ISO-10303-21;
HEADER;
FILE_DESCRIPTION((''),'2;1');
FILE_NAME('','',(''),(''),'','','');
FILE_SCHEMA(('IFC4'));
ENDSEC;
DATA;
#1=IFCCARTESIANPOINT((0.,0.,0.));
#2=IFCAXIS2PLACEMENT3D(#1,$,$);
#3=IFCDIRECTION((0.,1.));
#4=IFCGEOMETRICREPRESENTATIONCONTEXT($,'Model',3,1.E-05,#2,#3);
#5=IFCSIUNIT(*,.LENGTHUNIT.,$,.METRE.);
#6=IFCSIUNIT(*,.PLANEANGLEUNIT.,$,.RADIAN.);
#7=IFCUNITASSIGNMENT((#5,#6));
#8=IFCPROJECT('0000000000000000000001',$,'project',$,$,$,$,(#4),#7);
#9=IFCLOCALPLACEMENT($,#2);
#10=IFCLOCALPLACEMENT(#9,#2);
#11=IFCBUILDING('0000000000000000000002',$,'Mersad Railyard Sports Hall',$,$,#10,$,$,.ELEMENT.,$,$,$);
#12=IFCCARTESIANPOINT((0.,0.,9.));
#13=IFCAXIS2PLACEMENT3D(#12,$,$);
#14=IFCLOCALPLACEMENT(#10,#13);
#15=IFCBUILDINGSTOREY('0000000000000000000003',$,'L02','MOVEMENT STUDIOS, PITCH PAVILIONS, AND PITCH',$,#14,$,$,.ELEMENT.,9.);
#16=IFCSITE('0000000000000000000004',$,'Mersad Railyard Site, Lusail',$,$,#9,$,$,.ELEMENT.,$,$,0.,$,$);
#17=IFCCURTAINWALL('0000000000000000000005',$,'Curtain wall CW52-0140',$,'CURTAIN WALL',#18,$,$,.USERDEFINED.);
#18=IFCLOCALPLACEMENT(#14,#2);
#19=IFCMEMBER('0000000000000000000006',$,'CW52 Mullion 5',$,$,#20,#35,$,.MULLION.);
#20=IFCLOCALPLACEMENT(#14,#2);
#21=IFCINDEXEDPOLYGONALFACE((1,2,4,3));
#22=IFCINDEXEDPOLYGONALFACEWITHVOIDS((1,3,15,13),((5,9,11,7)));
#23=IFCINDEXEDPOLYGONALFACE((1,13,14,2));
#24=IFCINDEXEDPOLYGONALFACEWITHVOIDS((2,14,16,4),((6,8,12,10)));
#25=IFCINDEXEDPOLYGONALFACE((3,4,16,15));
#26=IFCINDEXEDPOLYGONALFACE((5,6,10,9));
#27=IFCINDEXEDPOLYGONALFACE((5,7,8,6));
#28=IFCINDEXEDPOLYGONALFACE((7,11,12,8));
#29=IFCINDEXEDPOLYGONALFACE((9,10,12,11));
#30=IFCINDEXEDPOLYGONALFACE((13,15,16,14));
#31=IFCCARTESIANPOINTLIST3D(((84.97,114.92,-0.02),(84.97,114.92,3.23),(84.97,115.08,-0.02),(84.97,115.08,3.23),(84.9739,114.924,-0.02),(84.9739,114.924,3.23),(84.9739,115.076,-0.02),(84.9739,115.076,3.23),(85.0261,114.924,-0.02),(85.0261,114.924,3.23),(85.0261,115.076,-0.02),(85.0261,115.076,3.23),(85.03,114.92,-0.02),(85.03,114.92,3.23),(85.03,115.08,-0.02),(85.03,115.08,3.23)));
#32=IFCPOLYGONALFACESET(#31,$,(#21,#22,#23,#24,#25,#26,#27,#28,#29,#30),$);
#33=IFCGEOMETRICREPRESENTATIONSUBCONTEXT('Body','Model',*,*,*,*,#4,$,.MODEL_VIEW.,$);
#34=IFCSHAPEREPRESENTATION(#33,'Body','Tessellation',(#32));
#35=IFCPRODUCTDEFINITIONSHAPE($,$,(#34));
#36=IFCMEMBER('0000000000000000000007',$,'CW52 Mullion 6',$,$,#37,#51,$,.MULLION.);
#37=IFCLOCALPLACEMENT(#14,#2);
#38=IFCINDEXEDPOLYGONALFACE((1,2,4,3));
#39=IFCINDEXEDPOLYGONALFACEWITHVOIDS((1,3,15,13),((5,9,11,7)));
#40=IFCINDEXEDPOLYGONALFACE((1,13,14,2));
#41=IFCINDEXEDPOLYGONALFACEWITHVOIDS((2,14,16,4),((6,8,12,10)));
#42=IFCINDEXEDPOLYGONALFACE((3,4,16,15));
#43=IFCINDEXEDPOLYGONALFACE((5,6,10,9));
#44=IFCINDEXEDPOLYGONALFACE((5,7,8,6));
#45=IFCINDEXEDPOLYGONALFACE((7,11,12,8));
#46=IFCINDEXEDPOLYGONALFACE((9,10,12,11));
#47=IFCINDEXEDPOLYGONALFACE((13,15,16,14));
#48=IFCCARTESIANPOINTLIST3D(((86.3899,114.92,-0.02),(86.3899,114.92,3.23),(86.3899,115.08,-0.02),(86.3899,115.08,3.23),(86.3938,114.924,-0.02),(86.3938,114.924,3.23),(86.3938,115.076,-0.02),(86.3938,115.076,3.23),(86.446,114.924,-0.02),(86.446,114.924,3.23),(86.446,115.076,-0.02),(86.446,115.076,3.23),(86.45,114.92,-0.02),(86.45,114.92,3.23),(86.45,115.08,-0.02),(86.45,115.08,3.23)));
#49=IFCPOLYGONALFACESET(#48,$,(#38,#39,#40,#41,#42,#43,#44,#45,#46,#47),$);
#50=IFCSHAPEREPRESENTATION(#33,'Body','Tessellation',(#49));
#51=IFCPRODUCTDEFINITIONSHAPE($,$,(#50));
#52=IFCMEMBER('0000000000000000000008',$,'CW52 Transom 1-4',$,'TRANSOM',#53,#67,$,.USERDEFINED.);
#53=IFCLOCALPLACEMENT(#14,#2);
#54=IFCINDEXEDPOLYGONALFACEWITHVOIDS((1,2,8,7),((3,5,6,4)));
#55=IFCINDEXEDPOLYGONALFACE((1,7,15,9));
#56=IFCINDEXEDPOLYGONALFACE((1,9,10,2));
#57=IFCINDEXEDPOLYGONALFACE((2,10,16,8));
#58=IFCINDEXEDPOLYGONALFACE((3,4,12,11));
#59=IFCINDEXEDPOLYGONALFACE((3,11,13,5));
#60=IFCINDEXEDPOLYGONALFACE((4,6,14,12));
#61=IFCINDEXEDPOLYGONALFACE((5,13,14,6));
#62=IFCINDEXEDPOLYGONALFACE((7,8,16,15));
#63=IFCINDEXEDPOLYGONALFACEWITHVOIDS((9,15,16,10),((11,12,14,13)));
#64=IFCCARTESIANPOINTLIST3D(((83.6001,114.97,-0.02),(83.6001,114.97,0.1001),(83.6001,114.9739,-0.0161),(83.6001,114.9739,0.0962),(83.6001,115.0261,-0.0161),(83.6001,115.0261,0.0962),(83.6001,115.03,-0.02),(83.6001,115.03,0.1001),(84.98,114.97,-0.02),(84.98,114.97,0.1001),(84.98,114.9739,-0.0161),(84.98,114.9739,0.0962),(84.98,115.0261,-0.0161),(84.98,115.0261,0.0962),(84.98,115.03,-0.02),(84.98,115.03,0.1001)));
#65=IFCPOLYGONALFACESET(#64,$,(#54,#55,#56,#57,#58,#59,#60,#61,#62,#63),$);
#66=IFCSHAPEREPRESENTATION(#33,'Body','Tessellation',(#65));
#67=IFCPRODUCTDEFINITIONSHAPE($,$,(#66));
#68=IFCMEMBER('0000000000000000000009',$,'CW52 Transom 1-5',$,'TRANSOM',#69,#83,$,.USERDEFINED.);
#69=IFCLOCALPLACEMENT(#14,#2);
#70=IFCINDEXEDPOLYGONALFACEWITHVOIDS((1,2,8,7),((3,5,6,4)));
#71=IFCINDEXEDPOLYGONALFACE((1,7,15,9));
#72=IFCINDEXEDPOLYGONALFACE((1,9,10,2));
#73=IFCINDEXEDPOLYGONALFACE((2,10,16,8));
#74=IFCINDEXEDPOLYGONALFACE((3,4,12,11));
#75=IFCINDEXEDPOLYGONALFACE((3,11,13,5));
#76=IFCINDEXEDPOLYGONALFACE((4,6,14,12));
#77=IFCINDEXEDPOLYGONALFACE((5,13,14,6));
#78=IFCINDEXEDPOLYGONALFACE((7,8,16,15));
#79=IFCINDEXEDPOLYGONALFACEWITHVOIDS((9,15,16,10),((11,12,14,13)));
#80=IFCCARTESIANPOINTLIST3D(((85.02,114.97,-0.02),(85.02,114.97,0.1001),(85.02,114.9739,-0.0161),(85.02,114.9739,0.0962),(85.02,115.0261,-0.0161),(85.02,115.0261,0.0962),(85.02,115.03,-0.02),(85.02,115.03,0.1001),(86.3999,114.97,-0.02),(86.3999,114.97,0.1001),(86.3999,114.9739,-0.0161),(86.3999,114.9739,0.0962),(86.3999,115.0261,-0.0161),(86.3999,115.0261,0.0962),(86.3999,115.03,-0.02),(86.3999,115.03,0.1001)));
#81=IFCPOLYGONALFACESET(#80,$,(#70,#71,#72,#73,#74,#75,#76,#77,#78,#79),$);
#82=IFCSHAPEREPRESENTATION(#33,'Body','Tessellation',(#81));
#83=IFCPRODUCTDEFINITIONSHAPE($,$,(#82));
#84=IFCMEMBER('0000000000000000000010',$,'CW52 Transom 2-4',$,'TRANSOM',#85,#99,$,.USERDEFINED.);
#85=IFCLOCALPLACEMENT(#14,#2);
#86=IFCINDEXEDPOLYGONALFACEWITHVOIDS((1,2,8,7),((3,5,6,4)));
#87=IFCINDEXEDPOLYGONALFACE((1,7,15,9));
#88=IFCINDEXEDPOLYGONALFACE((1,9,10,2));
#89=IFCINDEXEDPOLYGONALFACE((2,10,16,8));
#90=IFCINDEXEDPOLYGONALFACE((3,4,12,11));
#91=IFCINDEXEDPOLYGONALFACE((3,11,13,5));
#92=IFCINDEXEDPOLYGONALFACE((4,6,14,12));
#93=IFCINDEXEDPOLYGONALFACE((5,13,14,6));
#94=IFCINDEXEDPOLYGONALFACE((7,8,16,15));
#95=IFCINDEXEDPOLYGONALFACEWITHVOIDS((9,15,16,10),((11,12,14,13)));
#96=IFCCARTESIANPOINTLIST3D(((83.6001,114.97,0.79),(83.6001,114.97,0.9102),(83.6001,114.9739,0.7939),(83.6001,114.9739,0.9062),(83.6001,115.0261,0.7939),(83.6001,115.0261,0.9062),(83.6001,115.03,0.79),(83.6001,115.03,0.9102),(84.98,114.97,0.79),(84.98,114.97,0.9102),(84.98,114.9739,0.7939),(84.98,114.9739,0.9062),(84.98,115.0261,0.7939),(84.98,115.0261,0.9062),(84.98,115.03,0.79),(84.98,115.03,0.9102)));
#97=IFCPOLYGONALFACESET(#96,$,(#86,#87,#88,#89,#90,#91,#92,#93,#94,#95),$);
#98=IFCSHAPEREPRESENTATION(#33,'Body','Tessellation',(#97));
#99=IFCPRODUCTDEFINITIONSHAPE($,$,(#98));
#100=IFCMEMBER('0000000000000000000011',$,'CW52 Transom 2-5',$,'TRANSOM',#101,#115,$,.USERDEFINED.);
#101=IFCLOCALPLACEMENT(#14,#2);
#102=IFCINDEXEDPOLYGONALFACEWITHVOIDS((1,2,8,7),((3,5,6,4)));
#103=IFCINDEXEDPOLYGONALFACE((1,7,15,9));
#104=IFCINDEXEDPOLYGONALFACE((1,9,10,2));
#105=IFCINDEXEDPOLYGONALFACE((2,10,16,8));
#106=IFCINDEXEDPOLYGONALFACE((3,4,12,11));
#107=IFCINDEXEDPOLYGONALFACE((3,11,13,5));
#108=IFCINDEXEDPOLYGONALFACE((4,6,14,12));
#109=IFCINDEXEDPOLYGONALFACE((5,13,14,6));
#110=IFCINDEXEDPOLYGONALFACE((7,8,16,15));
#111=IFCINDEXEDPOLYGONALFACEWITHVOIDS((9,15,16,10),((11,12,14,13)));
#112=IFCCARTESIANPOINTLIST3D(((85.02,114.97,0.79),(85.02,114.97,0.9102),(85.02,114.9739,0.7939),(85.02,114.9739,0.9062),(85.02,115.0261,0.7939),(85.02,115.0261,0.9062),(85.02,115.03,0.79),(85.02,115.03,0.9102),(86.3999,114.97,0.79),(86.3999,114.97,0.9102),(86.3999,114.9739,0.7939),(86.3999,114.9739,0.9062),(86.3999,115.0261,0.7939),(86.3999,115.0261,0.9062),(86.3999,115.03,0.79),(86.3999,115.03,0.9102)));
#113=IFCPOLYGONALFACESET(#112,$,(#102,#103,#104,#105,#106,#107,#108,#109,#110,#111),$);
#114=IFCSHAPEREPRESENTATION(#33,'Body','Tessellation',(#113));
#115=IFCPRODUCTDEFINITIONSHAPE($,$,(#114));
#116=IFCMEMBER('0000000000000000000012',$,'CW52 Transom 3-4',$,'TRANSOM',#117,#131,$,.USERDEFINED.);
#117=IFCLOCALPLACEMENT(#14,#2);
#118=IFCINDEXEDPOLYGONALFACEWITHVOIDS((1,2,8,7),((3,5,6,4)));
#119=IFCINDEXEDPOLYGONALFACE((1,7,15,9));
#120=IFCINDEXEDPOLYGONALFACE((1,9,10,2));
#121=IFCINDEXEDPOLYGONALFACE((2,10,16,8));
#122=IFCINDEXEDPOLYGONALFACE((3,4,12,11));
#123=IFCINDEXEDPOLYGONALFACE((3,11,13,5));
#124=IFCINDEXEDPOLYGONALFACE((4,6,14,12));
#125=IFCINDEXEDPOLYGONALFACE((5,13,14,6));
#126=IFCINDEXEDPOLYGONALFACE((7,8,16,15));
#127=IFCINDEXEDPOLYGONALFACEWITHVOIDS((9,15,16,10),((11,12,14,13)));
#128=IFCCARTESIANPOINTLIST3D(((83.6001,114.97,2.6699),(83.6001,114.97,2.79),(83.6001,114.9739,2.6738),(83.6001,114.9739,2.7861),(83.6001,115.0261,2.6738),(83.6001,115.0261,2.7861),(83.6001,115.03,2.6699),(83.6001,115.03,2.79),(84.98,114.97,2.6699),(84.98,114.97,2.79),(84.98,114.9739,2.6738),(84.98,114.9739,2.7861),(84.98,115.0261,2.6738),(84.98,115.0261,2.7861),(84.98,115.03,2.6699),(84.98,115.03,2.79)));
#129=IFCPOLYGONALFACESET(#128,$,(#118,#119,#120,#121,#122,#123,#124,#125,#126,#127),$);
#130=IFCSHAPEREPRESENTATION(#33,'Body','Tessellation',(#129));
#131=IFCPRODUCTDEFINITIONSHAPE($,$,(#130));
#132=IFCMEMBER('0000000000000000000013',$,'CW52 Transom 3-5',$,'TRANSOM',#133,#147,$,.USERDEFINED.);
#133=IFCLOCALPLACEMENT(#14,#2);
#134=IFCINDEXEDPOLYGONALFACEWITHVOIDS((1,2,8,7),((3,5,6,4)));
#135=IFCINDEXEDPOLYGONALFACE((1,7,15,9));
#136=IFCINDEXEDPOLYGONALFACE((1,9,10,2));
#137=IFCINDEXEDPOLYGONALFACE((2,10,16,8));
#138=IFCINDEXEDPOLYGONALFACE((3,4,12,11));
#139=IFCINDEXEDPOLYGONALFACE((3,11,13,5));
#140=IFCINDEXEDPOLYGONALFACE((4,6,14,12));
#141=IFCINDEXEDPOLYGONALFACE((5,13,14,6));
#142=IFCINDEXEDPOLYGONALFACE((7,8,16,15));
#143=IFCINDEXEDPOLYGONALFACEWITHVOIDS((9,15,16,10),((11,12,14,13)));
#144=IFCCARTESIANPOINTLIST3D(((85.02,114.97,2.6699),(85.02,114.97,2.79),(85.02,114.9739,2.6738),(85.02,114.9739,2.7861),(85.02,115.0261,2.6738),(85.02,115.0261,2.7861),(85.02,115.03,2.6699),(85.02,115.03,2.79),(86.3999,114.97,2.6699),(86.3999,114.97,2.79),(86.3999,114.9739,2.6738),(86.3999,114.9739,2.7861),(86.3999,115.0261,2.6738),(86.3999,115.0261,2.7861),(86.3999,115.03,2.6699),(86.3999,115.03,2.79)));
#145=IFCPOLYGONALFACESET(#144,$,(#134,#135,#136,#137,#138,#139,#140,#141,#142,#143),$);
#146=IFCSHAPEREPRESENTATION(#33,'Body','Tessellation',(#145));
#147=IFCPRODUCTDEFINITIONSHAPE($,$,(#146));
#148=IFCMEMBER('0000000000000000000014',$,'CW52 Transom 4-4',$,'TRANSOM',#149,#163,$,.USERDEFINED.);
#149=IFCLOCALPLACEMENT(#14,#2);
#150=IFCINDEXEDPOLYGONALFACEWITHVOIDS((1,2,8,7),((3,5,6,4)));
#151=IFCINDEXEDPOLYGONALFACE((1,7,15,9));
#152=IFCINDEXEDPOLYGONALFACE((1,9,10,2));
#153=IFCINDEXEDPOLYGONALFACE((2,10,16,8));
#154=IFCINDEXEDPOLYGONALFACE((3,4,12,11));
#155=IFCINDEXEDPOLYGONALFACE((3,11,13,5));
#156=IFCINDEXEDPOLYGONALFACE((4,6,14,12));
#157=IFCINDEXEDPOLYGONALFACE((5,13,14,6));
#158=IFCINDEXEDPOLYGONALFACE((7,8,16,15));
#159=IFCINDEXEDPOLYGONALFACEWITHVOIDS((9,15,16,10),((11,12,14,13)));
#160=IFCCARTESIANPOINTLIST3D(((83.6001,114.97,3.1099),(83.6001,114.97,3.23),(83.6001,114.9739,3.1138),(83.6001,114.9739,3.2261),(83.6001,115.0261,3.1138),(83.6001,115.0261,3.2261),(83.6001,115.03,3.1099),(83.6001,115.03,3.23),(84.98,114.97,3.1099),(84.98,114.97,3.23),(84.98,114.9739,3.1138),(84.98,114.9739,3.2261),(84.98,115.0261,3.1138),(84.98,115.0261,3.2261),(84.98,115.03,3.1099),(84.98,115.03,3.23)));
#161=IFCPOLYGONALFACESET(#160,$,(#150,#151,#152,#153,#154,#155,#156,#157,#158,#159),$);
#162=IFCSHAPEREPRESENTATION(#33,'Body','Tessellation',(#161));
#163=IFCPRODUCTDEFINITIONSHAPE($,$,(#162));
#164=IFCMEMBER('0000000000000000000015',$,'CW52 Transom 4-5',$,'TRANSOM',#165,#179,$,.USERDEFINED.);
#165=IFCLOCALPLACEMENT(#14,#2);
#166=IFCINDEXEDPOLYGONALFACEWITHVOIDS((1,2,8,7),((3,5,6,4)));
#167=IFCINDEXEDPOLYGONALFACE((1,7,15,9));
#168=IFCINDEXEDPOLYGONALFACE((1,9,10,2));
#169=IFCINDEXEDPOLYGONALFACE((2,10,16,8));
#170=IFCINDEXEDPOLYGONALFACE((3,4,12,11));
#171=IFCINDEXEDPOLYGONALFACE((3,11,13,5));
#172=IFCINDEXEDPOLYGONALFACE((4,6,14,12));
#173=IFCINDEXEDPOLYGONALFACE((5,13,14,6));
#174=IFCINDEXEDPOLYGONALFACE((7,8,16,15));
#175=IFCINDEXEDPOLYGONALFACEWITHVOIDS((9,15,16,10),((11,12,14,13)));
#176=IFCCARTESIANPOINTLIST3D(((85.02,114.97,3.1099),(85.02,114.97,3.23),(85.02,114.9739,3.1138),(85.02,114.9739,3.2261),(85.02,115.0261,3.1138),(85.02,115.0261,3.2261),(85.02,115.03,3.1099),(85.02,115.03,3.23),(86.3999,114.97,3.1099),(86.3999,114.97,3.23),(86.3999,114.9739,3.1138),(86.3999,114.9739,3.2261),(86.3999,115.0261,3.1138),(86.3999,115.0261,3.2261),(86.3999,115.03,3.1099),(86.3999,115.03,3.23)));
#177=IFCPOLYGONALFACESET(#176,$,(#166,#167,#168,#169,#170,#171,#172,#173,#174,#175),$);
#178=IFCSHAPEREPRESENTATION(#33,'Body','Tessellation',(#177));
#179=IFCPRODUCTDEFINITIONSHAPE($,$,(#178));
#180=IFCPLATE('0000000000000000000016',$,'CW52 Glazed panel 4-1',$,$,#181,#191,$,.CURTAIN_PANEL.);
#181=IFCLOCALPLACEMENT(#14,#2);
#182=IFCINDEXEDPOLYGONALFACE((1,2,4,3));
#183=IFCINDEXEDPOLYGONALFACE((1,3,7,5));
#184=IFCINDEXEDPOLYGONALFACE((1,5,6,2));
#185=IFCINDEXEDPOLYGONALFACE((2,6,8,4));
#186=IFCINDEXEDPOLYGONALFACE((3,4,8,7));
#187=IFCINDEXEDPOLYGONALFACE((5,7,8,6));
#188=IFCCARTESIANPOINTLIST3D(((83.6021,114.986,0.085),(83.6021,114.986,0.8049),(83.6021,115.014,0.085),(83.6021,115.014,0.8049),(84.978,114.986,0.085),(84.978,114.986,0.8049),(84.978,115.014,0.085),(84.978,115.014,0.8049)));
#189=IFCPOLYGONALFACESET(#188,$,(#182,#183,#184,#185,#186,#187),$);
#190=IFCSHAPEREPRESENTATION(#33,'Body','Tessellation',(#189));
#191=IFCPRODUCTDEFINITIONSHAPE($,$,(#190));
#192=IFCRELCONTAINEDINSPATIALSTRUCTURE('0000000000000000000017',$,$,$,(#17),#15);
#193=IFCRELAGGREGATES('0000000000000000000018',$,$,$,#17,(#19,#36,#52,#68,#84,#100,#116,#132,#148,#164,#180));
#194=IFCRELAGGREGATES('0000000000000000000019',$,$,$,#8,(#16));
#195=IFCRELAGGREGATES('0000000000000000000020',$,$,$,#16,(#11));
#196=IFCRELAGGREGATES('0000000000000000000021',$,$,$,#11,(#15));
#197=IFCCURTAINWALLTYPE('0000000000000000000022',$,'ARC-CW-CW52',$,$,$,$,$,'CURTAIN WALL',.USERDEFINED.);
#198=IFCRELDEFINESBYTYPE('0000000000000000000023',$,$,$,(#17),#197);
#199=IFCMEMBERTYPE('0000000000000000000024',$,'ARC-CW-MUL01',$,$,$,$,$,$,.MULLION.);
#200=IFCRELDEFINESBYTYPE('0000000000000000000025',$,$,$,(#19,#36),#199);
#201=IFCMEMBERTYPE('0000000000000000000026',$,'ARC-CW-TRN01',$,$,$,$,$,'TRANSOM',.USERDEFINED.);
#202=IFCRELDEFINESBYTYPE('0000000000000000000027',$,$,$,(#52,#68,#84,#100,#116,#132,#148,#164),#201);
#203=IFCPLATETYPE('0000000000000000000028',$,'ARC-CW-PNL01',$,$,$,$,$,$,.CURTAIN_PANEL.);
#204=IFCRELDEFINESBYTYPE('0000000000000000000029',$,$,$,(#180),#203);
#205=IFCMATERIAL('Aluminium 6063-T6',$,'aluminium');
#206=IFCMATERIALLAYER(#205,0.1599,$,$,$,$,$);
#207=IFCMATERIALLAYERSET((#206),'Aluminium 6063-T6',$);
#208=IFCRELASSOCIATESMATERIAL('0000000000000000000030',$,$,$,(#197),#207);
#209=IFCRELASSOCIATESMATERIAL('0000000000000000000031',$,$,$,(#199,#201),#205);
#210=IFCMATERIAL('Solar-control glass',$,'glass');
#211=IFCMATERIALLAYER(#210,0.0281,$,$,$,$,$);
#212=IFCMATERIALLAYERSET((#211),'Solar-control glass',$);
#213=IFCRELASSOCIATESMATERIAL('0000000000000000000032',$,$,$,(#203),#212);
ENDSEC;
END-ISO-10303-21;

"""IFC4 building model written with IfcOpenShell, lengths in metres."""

from ifc_helpers import new_model, si_unit, direction, frame, origin, origin_2d, place, context, subcontext, project, spatial, rectangle, hollow_rectangle, extrude, material, layer, layer_set, material_profile, profile_set, type_object, element, aggregate, save


model = new_model("IFC4")

# Units and contexts
model_context = context("Model", 3, precision=1e-05, world=origin(), true_north=direction((0.0, 1.0)))
body_context = subcontext(model_context, "Body", "Model", "MODEL_VIEW")
ifc_project = project(units=[si_unit("LENGTHUNIT", "METRE"), si_unit("PLANEANGLEUNIT", "RADIAN")], contexts=[model_context])

# Site, building, storey
site_placement = place(None, origin())
site = spatial("IfcSite", under=ifc_project, at=site_placement, Name="Mersad Railyard Site, Lusail", CompositionType="ELEMENT", RefElevation=0.0)
building_placement = place(site_placement, origin())
building = spatial("IfcBuilding", under=site, at=building_placement, Name="Mersad Railyard Sports Hall", CompositionType="ELEMENT")
storey_placement = place(building_placement, frame((0.0, 0.0, 9.0)))
storey = spatial("IfcBuildingStorey", under=building, at=storey_placement, Name="L02", Description="MOVEMENT STUDIOS, PITCH PAVILIONS, AND PITCH", CompositionType="ELEMENT", Elevation=9.0)

# Curtain wall, members, plate
ifc_material_1 = material(Name="Aluminium 6063-T6", Category="aluminium")
ifc_layer_1 = layer(ifc_material_1, 0.1599)
ifc_layer_set_1 = layer_set([ifc_layer_1], Name="Aluminium 6063-T6")
curtain_wall_type = type_object("IfcCurtainWallType", Name="ARC-CW-CW52", ElementType="CURTAIN WALL", PredefinedType="USERDEFINED", material=ifc_layer_set_1)
curtain_wall_placement = place(storey_placement, origin())
curtain_wall = element("IfcCurtainWall", 1, at=curtain_wall_placement, inside=storey, type_object=curtain_wall_type, Name="Curtain wall CW52-0140", ObjectType="CURTAIN WALL", PredefinedType="USERDEFINED")
ifc_material_profile_1 = material_profile(ifc_material_1, hollow_rectangle(XDim=0.0601, YDim=0.1599, WallThickness=0.0039, at=origin_2d()), Name="AL MULLION 60x160x4")
ifc_profile_set_1 = profile_set([ifc_material_profile_1], Name="Aluminium 6063-T6")
member_type_1 = type_object("IfcMemberType", Name="ARC-CW-MUL01", PredefinedType="MULLION", material=ifc_profile_set_1)
member_1_placement = place(storey_placement, frame((85.0, 115.0, -0.02), z_axis=(0.0, 0.0, 1.0), x_axis=(1.0, 0.0, 0.0)))
member_1 = element("IfcMember", 2, at=member_1_placement, type_object=member_type_1, Name="CW52 Mullion 5", PredefinedType="MULLION", context=body_context, shape_type="SweptSolid", body=[
    extrude(hollow_rectangle(XDim=0.0601, YDim=0.1599, WallThickness=0.0039, at=origin_2d()), origin(), (0.0, 0.0, 1.0), 3.25),
])
member_2_placement = place(storey_placement, frame((86.4199, 115.0, -0.02), z_axis=(0.0, 0.0, 1.0), x_axis=(1.0, 0.0, 0.0)))
member_2 = element("IfcMember", 3, at=member_2_placement, type_object=member_type_1, Name="CW52 Mullion 6", PredefinedType="MULLION", context=body_context, shape_type="SweptSolid", body=[
    extrude(hollow_rectangle(XDim=0.0601, YDim=0.1599, WallThickness=0.0039, at=origin_2d()), origin(), (0.0, 0.0, 1.0), 3.25),
])
ifc_material_profile_2 = material_profile(ifc_material_1, hollow_rectangle(XDim=0.0601, YDim=0.1201, WallThickness=0.0039, at=origin_2d()), Name="AL TRANSOM 60x120x4")
ifc_profile_set_2 = profile_set([ifc_material_profile_2], Name="Aluminium 6063-T6")
member_type_2 = type_object("IfcMemberType", Name="ARC-CW-TRN01", ElementType="TRANSOM", PredefinedType="USERDEFINED", material=ifc_profile_set_2)
member_3_placement = place(storey_placement, frame((83.6001, 115.0, 0.04), z_axis=(1.0, 0.0, 0.0), x_axis=(0.0, 1.0, 0.0)))
member_3 = element("IfcMember", 4, at=member_3_placement, type_object=member_type_2, Name="CW52 Transom 1-4", ObjectType="TRANSOM", PredefinedType="USERDEFINED", context=body_context, shape_type="SweptSolid", body=[
    extrude(hollow_rectangle(XDim=0.0601, YDim=0.1201, WallThickness=0.0039, at=origin_2d()), origin(), (0.0, 0.0, 1.0), 1.3799),
])
member_4_placement = place(storey_placement, frame((85.02, 115.0, 0.04), z_axis=(1.0, 0.0, 0.0), x_axis=(0.0, 1.0, 0.0)))
member_4 = element("IfcMember", 5, at=member_4_placement, type_object=member_type_2, Name="CW52 Transom 1-5", ObjectType="TRANSOM", PredefinedType="USERDEFINED", context=body_context, shape_type="SweptSolid", body=[
    extrude(hollow_rectangle(XDim=0.0601, YDim=0.1201, WallThickness=0.0039, at=origin_2d()), origin(), (0.0, 0.0, 1.0), 1.3799),
])
member_5_placement = place(storey_placement, frame((83.6001, 115.0, 0.8501), z_axis=(1.0, 0.0, 0.0), x_axis=(0.0, 1.0, 0.0)))
member_5 = element("IfcMember", 6, at=member_5_placement, type_object=member_type_2, Name="CW52 Transom 2-4", ObjectType="TRANSOM", PredefinedType="USERDEFINED", context=body_context, shape_type="SweptSolid", body=[
    extrude(hollow_rectangle(XDim=0.0601, YDim=0.1201, WallThickness=0.0039, at=origin_2d()), origin(), (0.0, 0.0, 1.0), 1.3799),
])
member_6_placement = place(storey_placement, frame((85.02, 115.0, 0.8501), z_axis=(1.0, 0.0, 0.0), x_axis=(0.0, 1.0, 0.0)))
member_6 = element("IfcMember", 7, at=member_6_placement, type_object=member_type_2, Name="CW52 Transom 2-5", ObjectType="TRANSOM", PredefinedType="USERDEFINED", context=body_context, shape_type="SweptSolid", body=[
    extrude(hollow_rectangle(XDim=0.0601, YDim=0.1201, WallThickness=0.0039, at=origin_2d()), origin(), (0.0, 0.0, 1.0), 1.3799),
])
member_7_placement = place(storey_placement, frame((83.6001, 115.0, 2.73), z_axis=(1.0, 0.0, 0.0), x_axis=(0.0, 1.0, 0.0)))
member_7 = element("IfcMember", 8, at=member_7_placement, type_object=member_type_2, Name="CW52 Transom 3-4", ObjectType="TRANSOM", PredefinedType="USERDEFINED", context=body_context, shape_type="SweptSolid", body=[
    extrude(hollow_rectangle(XDim=0.0601, YDim=0.1201, WallThickness=0.0039, at=origin_2d()), origin(), (0.0, 0.0, 1.0), 1.3799),
])
member_8_placement = place(storey_placement, frame((85.02, 115.0, 2.73), z_axis=(1.0, 0.0, 0.0), x_axis=(0.0, 1.0, 0.0)))
member_8 = element("IfcMember", 9, at=member_8_placement, type_object=member_type_2, Name="CW52 Transom 3-5", ObjectType="TRANSOM", PredefinedType="USERDEFINED", context=body_context, shape_type="SweptSolid", body=[
    extrude(hollow_rectangle(XDim=0.0601, YDim=0.1201, WallThickness=0.0039, at=origin_2d()), origin(), (0.0, 0.0, 1.0), 1.3799),
])
member_9_placement = place(storey_placement, frame((83.6001, 115.0, 3.1699), z_axis=(1.0, 0.0, 0.0), x_axis=(0.0, 1.0, 0.0)))
member_9 = element("IfcMember", 10, at=member_9_placement, type_object=member_type_2, Name="CW52 Transom 4-4", ObjectType="TRANSOM", PredefinedType="USERDEFINED", context=body_context, shape_type="SweptSolid", body=[
    extrude(hollow_rectangle(XDim=0.0601, YDim=0.1201, WallThickness=0.0039, at=origin_2d()), origin(), (0.0, 0.0, 1.0), 1.3799),
])
member_10_placement = place(storey_placement, frame((85.02, 115.0, 3.1699), z_axis=(1.0, 0.0, 0.0), x_axis=(0.0, 1.0, 0.0)))
member_10 = element("IfcMember", 11, at=member_10_placement, type_object=member_type_2, Name="CW52 Transom 4-5", ObjectType="TRANSOM", PredefinedType="USERDEFINED", context=body_context, shape_type="SweptSolid", body=[
    extrude(hollow_rectangle(XDim=0.0601, YDim=0.1201, WallThickness=0.0039, at=origin_2d()), origin(), (0.0, 0.0, 1.0), 1.3799),
])
ifc_material_2 = material(Name="Solar-control glass", Category="glass")
ifc_layer_2 = layer(ifc_material_2, 0.0281)
ifc_layer_set_2 = layer_set([ifc_layer_2], Name="Solar-control glass")
plate_type = type_object("IfcPlateType", Name="ARC-CW-PNL01", PredefinedType="CURTAIN_PANEL", material=ifc_layer_set_2)
plate_1_placement = place(storey_placement, frame((84.29, 115.0, 0.085), z_axis=(0.0, 0.0, 1.0), x_axis=(1.0, 0.0, 0.0)))
plate_1 = element("IfcPlate", 12, at=plate_1_placement, type_object=plate_type, Name="CW52 Glazed panel 4-1", PredefinedType="CURTAIN_PANEL", context=body_context, shape_type="SweptSolid", body=[
    extrude(rectangle(XDim=1.376, YDim=0.0281, at=origin_2d()), origin(), (0.0, 0.0, 1.0), 0.72),
])
aggregate(curtain_wall, [member_1, member_2, member_3, member_4, member_5, member_6, member_7, member_8, member_9, member_10, plate_1])

save(model, "model.ifc")
